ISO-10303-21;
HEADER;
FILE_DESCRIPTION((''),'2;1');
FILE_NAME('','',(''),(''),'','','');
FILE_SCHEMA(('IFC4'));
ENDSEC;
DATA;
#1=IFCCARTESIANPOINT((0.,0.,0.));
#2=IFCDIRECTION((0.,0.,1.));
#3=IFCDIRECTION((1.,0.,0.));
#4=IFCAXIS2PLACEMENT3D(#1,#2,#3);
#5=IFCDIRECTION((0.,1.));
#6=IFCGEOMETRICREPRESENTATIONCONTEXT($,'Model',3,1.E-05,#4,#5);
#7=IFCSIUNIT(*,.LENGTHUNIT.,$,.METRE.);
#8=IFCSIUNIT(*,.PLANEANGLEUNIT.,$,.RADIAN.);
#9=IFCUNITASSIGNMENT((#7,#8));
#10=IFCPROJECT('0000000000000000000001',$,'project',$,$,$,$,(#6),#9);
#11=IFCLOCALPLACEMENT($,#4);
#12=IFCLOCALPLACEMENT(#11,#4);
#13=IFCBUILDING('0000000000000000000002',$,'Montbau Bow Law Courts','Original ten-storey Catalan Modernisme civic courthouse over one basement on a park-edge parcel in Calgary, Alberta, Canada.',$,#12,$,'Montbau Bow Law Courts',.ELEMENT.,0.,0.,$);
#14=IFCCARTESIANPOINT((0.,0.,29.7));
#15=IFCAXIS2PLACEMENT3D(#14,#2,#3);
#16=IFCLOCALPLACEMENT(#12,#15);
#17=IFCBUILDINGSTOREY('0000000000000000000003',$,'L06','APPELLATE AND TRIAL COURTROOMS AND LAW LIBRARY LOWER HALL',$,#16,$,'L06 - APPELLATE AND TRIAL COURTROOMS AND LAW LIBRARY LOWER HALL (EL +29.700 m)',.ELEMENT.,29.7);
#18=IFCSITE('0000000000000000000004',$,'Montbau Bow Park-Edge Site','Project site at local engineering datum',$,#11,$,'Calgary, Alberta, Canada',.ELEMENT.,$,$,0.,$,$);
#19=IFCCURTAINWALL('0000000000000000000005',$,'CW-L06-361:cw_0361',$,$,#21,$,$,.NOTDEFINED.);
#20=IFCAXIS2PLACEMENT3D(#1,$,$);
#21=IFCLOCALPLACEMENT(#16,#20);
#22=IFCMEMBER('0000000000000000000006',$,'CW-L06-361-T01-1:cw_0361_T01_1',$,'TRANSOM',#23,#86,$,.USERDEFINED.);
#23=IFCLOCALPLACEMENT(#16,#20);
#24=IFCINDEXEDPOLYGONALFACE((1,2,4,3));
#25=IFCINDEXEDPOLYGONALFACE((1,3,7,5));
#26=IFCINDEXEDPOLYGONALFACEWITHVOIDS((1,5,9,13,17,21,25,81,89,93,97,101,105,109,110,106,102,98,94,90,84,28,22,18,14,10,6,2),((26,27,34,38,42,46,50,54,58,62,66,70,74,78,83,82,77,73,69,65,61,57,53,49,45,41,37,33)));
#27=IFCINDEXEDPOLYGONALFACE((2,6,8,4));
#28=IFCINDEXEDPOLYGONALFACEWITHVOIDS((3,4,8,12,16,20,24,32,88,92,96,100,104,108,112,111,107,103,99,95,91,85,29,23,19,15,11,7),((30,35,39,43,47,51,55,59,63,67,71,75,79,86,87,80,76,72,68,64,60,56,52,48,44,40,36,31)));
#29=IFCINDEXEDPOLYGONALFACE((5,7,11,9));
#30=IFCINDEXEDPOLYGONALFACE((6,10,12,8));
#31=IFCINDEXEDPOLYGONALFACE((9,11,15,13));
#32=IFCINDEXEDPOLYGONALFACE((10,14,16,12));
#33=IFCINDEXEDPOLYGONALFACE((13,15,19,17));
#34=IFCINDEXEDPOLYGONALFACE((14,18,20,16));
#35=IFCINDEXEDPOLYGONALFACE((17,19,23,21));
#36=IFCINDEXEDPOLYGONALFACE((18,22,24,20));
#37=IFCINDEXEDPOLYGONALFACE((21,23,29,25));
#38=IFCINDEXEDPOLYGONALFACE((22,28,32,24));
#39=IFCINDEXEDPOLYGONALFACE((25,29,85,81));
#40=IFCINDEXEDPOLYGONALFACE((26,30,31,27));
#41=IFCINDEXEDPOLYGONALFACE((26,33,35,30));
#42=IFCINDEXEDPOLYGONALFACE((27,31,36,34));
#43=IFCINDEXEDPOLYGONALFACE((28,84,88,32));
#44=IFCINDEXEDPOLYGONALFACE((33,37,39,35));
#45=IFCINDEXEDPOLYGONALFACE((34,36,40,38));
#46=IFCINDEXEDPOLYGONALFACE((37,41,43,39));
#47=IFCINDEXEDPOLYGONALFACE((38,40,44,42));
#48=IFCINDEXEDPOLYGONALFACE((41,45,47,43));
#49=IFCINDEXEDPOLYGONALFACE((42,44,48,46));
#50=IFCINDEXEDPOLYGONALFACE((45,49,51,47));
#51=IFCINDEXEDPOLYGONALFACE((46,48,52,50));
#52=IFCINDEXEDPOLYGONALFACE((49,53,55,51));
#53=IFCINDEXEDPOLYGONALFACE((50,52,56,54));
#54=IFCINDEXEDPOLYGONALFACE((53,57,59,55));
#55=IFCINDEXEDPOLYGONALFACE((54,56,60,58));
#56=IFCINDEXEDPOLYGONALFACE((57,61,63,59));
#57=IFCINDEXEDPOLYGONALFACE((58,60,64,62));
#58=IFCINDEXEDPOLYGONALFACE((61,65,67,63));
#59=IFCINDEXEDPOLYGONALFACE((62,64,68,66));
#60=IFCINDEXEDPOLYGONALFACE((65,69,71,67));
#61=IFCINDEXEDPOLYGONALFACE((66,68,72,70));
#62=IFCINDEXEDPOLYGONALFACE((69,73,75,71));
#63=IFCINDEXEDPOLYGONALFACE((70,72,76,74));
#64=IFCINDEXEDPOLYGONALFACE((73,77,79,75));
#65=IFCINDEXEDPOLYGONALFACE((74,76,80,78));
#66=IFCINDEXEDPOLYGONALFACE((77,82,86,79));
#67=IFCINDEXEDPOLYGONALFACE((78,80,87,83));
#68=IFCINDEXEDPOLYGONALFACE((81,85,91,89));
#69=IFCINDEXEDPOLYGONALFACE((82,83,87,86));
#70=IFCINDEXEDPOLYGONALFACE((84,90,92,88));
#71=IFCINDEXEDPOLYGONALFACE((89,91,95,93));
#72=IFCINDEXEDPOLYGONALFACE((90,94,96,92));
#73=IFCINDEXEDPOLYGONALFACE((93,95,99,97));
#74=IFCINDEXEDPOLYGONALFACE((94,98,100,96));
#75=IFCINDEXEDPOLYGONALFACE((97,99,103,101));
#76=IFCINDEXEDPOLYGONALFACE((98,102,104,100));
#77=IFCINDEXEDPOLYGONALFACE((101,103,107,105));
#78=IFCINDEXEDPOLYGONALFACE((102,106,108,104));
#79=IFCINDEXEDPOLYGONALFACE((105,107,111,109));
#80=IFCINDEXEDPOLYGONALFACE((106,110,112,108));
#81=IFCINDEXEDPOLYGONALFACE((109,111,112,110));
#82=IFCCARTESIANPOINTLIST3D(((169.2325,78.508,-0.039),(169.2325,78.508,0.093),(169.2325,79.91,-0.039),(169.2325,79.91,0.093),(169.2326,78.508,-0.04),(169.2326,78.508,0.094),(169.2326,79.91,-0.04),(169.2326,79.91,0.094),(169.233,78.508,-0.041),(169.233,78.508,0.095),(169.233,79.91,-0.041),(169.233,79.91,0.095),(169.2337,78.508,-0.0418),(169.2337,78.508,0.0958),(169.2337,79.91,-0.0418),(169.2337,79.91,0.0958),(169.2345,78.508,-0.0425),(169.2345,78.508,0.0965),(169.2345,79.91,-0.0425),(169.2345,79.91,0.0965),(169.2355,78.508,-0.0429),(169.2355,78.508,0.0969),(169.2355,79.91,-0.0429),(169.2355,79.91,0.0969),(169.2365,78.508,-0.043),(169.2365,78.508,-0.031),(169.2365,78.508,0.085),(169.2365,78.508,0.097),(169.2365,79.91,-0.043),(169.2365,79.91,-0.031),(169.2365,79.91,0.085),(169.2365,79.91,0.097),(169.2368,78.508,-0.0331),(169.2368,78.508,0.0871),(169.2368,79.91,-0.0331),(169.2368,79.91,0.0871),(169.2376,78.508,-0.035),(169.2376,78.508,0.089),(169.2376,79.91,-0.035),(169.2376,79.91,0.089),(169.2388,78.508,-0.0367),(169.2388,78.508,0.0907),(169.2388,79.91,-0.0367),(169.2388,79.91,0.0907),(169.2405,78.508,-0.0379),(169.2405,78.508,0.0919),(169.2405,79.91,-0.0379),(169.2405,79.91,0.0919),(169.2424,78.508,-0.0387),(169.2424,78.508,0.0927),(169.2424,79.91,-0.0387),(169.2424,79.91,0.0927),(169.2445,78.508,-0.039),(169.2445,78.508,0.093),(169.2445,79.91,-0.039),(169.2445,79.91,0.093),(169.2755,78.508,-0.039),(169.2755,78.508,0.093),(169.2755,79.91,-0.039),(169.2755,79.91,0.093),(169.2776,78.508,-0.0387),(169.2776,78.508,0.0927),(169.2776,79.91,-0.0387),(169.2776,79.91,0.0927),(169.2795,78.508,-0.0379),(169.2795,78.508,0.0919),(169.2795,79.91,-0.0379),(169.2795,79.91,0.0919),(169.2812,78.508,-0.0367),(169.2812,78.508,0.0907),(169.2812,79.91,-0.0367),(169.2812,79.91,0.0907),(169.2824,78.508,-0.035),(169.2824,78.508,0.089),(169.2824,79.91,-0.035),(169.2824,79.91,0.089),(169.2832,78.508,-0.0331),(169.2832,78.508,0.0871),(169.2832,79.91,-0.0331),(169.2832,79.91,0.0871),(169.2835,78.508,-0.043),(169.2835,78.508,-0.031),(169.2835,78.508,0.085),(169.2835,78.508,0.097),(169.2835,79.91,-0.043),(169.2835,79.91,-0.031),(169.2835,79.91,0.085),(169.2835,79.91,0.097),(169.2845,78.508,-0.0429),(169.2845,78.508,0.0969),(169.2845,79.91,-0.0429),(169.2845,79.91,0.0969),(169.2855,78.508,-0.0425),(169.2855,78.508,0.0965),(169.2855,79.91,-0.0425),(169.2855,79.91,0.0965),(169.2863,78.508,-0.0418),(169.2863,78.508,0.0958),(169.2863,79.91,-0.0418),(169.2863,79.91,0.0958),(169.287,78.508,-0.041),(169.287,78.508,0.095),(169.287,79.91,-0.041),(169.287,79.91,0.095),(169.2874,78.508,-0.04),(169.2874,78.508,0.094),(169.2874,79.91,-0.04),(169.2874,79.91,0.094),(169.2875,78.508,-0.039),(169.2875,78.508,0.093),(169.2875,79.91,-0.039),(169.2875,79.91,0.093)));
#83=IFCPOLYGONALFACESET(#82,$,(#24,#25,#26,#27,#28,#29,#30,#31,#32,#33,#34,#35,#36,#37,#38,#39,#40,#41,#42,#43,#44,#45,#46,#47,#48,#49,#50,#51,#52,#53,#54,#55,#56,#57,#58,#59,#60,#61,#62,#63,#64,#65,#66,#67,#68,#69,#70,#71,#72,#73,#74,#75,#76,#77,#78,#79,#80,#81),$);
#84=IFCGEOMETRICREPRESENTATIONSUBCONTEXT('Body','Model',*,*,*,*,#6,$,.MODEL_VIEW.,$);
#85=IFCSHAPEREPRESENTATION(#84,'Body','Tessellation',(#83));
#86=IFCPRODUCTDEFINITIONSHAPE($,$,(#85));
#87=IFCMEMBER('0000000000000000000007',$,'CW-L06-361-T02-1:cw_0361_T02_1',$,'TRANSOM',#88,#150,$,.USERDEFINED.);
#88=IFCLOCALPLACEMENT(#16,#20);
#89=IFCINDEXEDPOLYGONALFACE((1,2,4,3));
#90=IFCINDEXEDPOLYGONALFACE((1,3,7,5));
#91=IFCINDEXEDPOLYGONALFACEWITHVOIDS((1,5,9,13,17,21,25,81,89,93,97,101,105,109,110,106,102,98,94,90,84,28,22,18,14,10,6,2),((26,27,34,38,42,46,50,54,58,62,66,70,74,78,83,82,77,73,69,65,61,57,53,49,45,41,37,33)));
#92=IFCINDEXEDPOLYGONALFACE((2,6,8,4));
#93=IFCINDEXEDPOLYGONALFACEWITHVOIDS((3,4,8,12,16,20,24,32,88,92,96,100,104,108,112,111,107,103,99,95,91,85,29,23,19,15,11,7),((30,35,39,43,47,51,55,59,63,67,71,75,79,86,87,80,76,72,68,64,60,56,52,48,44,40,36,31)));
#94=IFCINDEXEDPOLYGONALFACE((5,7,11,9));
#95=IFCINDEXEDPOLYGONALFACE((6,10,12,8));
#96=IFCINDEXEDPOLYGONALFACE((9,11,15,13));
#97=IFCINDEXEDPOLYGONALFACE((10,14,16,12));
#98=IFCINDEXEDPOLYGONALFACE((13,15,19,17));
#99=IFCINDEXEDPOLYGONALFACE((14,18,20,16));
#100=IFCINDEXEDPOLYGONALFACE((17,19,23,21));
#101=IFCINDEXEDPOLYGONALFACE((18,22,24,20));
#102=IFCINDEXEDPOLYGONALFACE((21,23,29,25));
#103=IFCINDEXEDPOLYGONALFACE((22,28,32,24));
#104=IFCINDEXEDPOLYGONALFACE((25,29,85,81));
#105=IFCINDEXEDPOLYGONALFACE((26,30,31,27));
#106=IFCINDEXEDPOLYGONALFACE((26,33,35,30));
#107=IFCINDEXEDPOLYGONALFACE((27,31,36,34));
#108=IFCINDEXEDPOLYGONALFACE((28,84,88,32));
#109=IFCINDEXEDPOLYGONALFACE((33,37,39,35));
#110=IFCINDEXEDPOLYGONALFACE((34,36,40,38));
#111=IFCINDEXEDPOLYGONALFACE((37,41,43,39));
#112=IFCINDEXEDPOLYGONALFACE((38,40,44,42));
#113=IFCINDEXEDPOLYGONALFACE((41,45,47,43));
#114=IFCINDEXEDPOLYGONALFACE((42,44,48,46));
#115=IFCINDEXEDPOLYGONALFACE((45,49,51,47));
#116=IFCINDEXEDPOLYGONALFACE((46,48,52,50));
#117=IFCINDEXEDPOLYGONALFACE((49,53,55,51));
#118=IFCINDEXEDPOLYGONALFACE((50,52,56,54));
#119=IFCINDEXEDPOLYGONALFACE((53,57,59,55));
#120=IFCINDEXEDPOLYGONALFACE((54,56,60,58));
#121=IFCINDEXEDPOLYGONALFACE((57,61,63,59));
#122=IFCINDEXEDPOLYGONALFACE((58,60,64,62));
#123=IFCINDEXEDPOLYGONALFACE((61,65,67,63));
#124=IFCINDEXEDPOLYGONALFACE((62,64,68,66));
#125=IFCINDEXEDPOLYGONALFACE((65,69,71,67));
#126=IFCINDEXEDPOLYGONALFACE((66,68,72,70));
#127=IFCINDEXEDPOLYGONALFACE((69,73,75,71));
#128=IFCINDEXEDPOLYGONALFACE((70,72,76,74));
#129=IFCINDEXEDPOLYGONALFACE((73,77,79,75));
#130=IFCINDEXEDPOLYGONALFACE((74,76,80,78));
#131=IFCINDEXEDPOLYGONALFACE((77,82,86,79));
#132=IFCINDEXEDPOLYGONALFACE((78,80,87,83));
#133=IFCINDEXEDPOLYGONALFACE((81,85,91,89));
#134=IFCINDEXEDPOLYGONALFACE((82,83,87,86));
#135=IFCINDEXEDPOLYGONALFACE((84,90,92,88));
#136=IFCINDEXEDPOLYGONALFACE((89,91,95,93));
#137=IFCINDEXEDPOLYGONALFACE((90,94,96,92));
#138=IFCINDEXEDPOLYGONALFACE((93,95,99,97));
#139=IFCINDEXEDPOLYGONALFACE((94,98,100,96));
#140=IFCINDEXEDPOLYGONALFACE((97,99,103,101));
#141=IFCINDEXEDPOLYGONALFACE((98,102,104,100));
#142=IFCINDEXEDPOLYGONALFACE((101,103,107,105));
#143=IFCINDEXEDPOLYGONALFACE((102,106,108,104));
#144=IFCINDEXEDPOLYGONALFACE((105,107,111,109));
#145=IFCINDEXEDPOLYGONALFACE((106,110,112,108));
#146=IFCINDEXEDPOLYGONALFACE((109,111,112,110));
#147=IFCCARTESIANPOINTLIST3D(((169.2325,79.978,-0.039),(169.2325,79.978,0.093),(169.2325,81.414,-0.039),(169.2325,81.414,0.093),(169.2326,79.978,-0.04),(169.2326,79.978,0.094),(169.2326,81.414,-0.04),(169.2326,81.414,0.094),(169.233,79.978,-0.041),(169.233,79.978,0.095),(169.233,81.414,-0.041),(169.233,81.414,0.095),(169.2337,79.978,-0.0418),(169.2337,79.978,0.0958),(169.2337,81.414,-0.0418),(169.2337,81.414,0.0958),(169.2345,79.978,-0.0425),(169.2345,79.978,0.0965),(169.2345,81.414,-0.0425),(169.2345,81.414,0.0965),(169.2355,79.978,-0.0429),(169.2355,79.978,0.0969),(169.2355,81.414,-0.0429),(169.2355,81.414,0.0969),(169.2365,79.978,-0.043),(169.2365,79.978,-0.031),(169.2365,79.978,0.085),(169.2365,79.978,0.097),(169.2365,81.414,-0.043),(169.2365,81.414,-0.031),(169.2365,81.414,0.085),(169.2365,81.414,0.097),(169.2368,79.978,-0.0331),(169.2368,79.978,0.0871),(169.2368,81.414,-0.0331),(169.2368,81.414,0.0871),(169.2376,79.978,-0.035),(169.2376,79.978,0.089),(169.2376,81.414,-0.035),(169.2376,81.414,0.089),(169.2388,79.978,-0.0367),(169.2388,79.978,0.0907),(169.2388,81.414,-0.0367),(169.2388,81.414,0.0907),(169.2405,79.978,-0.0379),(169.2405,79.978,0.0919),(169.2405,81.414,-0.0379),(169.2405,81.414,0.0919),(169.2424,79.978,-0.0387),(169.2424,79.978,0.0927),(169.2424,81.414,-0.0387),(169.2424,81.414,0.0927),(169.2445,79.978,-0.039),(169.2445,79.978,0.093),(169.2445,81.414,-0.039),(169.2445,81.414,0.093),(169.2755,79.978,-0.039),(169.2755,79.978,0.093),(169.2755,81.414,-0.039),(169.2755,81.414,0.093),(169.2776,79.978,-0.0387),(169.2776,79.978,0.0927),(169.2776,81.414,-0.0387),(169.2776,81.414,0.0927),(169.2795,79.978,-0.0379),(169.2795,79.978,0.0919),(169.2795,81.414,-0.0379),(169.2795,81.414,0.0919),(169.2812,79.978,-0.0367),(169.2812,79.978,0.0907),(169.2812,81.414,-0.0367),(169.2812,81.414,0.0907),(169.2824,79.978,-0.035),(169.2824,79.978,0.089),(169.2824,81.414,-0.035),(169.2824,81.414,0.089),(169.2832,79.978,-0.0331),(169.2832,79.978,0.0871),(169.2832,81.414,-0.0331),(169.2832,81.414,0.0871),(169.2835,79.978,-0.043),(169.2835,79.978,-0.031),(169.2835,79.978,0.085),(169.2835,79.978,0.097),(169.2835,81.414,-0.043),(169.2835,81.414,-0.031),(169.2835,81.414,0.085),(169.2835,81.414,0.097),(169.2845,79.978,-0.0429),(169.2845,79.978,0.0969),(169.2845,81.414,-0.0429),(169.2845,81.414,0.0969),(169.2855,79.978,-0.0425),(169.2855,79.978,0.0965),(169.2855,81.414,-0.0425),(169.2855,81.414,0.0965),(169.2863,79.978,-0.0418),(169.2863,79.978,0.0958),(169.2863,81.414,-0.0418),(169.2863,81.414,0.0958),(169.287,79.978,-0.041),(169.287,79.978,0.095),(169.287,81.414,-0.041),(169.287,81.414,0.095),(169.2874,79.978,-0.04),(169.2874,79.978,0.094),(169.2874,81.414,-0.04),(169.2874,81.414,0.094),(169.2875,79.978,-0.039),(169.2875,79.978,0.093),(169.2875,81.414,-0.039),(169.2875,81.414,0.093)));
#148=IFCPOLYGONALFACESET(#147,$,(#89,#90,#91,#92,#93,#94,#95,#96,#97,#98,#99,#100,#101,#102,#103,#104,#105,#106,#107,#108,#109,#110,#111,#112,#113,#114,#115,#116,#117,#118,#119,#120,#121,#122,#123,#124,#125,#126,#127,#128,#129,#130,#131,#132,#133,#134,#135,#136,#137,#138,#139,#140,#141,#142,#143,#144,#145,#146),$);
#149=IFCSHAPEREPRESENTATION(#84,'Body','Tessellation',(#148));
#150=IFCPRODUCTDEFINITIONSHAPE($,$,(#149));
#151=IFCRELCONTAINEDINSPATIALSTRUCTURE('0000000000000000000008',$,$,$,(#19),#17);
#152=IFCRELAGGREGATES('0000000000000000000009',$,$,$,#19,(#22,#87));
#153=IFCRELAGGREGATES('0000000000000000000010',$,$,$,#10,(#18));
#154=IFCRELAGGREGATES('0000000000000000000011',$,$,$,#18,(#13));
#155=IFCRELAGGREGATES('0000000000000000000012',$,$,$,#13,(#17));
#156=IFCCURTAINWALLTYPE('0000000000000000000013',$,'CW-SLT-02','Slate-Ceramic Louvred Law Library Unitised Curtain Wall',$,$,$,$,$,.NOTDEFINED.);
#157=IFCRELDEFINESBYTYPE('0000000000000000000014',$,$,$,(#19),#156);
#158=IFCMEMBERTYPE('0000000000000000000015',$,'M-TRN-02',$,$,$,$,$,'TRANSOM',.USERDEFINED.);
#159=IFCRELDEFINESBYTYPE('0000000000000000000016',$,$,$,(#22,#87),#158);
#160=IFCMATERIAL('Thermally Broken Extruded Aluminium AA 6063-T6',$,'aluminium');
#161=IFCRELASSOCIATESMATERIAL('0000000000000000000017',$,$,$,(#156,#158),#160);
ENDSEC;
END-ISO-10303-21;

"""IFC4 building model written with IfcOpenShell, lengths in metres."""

from ifc_helpers import new_model, si_unit, direction, frame, origin_with_axes, origin_2d_with_axis, place, context, subcontext, project, spatial, hollow_rectangle, extrude, material, material_profile, profile_set, type_object, element, aggregate, save


model = new_model("IFC4")

# Units and contexts
model_context = context("Model", 3, precision=1e-05, world=origin_with_axes(), true_north=direction((0.0, 1.0)))
body_context = subcontext(model_context, "Body", "Model", "MODEL_VIEW")
ifc_project = project(units=[si_unit("LENGTHUNIT", "METRE"), si_unit("PLANEANGLEUNIT", "RADIAN")], contexts=[model_context])

# Site, building, storey
site_placement = place(None, origin_with_axes())
site = spatial("IfcSite", under=ifc_project, at=site_placement, Name="Montbau Bow Park-Edge Site", Description="Project site at local engineering datum", LongName="Calgary, Alberta, Canada", CompositionType="ELEMENT", RefElevation=0.0)
building_placement = place(site_placement, origin_with_axes())
building = spatial("IfcBuilding", under=site, at=building_placement, Name="Montbau Bow Law Courts", Description="Original ten-storey Catalan Modernisme civic courthouse over one basement on a park-edge parcel in Calgary, Alberta, Canada.", LongName="Montbau Bow Law Courts", CompositionType="ELEMENT", ElevationOfRefHeight=0.0, ElevationOfTerrain=0.0)
storey_placement = place(building_placement, frame((0.0, 0.0, 29.7), z_axis=(0.0, 0.0, 1.0), x_axis=(1.0, 0.0, 0.0)))
storey = spatial("IfcBuildingStorey", under=building, at=storey_placement, Name="L06", Description="APPELLATE AND TRIAL COURTROOMS AND LAW LIBRARY LOWER HALL", LongName="L06 - APPELLATE AND TRIAL COURTROOMS AND LAW LIBRARY LOWER HALL (EL +29.700 m)", CompositionType="ELEMENT", Elevation=29.7)

# Curtain wall
ifc_material_1 = material(Name="Thermally Broken Extruded Aluminium AA 6063-T6", Category="aluminium")
curtain_wall_type = type_object("IfcCurtainWallType", Name="CW-SLT-02", Description="Slate-Ceramic Louvred Law Library Unitised Curtain Wall", PredefinedType="NOTDEFINED", material=ifc_material_1)
curtain_wall_1_placement = place(None, frame((169.26, 78.44, 29.7), z_axis=(0.0, 0.0, 1.0), x_axis=(1.0, 0.0, 0.0)))
curtain_wall_1 = element("IfcCurtainWall", 1, at=curtain_wall_1_placement, inside=storey, type_object=curtain_wall_type, Name="CW-L06-361:cw_0361", PredefinedType="NOTDEFINED")

# Members
ifc_material_profile_1 = material_profile(ifc_material_1, hollow_rectangle(XDim=0.055, YDim=0.14, WallThickness=0.004, InnerFilletRadius=0.008, OuterFilletRadius=0.004, at=origin_2d_with_axis()), Name="CWT-140X55", Category="Main", Priority=0)
ifc_profile_set_1 = profile_set([ifc_material_profile_1], Name="Thermally Broken Extruded Aluminium AA 6063-T6")
member_type_1 = type_object("IfcMemberType", Name="M-TRN-02", ElementType="TRANSOM", PredefinedType="USERDEFINED", material=ifc_profile_set_1)
member_1_placement = place(None, frame((169.26, 78.508, 29.727), z_axis=(0.0, 1.0, 0.0), x_axis=(-1.0, 0.0, 0.0)))
member_1 = element("IfcMember", 2, at=member_1_placement, type_object=member_type_1, Name="CW-L06-361-T01-1:cw_0361_T01_1", ObjectType="TRANSOM", PredefinedType="USERDEFINED", context=body_context, shape_type="SweptSolid", body=[
    extrude(hollow_rectangle(XDim=0.055, YDim=0.14, WallThickness=0.004, InnerFilletRadius=0.008, OuterFilletRadius=0.004, at=origin_2d_with_axis()), origin_with_axes(), (0.0, 0.0, 1.0), 1.402),
])
member_2_placement = place(None, frame((169.26, 79.978, 29.727), z_axis=(0.0, 1.0, 0.0), x_axis=(-1.0, 0.0, 0.0)))
member_2 = element("IfcMember", 3, at=member_2_placement, type_object=member_type_1, Name="CW-L06-361-T02-1:cw_0361_T02_1", ObjectType="TRANSOM", PredefinedType="USERDEFINED", context=body_context, shape_type="SweptSolid", body=[
    extrude(hollow_rectangle(XDim=0.055, YDim=0.14, WallThickness=0.004, InnerFilletRadius=0.008, OuterFilletRadius=0.004, at=origin_2d_with_axis()), origin_with_axes(), (0.0, 0.0, 1.0), 1.436),
])

aggregate(curtain_wall_1, [member_1, member_2])

save(model, "model.ifc")
